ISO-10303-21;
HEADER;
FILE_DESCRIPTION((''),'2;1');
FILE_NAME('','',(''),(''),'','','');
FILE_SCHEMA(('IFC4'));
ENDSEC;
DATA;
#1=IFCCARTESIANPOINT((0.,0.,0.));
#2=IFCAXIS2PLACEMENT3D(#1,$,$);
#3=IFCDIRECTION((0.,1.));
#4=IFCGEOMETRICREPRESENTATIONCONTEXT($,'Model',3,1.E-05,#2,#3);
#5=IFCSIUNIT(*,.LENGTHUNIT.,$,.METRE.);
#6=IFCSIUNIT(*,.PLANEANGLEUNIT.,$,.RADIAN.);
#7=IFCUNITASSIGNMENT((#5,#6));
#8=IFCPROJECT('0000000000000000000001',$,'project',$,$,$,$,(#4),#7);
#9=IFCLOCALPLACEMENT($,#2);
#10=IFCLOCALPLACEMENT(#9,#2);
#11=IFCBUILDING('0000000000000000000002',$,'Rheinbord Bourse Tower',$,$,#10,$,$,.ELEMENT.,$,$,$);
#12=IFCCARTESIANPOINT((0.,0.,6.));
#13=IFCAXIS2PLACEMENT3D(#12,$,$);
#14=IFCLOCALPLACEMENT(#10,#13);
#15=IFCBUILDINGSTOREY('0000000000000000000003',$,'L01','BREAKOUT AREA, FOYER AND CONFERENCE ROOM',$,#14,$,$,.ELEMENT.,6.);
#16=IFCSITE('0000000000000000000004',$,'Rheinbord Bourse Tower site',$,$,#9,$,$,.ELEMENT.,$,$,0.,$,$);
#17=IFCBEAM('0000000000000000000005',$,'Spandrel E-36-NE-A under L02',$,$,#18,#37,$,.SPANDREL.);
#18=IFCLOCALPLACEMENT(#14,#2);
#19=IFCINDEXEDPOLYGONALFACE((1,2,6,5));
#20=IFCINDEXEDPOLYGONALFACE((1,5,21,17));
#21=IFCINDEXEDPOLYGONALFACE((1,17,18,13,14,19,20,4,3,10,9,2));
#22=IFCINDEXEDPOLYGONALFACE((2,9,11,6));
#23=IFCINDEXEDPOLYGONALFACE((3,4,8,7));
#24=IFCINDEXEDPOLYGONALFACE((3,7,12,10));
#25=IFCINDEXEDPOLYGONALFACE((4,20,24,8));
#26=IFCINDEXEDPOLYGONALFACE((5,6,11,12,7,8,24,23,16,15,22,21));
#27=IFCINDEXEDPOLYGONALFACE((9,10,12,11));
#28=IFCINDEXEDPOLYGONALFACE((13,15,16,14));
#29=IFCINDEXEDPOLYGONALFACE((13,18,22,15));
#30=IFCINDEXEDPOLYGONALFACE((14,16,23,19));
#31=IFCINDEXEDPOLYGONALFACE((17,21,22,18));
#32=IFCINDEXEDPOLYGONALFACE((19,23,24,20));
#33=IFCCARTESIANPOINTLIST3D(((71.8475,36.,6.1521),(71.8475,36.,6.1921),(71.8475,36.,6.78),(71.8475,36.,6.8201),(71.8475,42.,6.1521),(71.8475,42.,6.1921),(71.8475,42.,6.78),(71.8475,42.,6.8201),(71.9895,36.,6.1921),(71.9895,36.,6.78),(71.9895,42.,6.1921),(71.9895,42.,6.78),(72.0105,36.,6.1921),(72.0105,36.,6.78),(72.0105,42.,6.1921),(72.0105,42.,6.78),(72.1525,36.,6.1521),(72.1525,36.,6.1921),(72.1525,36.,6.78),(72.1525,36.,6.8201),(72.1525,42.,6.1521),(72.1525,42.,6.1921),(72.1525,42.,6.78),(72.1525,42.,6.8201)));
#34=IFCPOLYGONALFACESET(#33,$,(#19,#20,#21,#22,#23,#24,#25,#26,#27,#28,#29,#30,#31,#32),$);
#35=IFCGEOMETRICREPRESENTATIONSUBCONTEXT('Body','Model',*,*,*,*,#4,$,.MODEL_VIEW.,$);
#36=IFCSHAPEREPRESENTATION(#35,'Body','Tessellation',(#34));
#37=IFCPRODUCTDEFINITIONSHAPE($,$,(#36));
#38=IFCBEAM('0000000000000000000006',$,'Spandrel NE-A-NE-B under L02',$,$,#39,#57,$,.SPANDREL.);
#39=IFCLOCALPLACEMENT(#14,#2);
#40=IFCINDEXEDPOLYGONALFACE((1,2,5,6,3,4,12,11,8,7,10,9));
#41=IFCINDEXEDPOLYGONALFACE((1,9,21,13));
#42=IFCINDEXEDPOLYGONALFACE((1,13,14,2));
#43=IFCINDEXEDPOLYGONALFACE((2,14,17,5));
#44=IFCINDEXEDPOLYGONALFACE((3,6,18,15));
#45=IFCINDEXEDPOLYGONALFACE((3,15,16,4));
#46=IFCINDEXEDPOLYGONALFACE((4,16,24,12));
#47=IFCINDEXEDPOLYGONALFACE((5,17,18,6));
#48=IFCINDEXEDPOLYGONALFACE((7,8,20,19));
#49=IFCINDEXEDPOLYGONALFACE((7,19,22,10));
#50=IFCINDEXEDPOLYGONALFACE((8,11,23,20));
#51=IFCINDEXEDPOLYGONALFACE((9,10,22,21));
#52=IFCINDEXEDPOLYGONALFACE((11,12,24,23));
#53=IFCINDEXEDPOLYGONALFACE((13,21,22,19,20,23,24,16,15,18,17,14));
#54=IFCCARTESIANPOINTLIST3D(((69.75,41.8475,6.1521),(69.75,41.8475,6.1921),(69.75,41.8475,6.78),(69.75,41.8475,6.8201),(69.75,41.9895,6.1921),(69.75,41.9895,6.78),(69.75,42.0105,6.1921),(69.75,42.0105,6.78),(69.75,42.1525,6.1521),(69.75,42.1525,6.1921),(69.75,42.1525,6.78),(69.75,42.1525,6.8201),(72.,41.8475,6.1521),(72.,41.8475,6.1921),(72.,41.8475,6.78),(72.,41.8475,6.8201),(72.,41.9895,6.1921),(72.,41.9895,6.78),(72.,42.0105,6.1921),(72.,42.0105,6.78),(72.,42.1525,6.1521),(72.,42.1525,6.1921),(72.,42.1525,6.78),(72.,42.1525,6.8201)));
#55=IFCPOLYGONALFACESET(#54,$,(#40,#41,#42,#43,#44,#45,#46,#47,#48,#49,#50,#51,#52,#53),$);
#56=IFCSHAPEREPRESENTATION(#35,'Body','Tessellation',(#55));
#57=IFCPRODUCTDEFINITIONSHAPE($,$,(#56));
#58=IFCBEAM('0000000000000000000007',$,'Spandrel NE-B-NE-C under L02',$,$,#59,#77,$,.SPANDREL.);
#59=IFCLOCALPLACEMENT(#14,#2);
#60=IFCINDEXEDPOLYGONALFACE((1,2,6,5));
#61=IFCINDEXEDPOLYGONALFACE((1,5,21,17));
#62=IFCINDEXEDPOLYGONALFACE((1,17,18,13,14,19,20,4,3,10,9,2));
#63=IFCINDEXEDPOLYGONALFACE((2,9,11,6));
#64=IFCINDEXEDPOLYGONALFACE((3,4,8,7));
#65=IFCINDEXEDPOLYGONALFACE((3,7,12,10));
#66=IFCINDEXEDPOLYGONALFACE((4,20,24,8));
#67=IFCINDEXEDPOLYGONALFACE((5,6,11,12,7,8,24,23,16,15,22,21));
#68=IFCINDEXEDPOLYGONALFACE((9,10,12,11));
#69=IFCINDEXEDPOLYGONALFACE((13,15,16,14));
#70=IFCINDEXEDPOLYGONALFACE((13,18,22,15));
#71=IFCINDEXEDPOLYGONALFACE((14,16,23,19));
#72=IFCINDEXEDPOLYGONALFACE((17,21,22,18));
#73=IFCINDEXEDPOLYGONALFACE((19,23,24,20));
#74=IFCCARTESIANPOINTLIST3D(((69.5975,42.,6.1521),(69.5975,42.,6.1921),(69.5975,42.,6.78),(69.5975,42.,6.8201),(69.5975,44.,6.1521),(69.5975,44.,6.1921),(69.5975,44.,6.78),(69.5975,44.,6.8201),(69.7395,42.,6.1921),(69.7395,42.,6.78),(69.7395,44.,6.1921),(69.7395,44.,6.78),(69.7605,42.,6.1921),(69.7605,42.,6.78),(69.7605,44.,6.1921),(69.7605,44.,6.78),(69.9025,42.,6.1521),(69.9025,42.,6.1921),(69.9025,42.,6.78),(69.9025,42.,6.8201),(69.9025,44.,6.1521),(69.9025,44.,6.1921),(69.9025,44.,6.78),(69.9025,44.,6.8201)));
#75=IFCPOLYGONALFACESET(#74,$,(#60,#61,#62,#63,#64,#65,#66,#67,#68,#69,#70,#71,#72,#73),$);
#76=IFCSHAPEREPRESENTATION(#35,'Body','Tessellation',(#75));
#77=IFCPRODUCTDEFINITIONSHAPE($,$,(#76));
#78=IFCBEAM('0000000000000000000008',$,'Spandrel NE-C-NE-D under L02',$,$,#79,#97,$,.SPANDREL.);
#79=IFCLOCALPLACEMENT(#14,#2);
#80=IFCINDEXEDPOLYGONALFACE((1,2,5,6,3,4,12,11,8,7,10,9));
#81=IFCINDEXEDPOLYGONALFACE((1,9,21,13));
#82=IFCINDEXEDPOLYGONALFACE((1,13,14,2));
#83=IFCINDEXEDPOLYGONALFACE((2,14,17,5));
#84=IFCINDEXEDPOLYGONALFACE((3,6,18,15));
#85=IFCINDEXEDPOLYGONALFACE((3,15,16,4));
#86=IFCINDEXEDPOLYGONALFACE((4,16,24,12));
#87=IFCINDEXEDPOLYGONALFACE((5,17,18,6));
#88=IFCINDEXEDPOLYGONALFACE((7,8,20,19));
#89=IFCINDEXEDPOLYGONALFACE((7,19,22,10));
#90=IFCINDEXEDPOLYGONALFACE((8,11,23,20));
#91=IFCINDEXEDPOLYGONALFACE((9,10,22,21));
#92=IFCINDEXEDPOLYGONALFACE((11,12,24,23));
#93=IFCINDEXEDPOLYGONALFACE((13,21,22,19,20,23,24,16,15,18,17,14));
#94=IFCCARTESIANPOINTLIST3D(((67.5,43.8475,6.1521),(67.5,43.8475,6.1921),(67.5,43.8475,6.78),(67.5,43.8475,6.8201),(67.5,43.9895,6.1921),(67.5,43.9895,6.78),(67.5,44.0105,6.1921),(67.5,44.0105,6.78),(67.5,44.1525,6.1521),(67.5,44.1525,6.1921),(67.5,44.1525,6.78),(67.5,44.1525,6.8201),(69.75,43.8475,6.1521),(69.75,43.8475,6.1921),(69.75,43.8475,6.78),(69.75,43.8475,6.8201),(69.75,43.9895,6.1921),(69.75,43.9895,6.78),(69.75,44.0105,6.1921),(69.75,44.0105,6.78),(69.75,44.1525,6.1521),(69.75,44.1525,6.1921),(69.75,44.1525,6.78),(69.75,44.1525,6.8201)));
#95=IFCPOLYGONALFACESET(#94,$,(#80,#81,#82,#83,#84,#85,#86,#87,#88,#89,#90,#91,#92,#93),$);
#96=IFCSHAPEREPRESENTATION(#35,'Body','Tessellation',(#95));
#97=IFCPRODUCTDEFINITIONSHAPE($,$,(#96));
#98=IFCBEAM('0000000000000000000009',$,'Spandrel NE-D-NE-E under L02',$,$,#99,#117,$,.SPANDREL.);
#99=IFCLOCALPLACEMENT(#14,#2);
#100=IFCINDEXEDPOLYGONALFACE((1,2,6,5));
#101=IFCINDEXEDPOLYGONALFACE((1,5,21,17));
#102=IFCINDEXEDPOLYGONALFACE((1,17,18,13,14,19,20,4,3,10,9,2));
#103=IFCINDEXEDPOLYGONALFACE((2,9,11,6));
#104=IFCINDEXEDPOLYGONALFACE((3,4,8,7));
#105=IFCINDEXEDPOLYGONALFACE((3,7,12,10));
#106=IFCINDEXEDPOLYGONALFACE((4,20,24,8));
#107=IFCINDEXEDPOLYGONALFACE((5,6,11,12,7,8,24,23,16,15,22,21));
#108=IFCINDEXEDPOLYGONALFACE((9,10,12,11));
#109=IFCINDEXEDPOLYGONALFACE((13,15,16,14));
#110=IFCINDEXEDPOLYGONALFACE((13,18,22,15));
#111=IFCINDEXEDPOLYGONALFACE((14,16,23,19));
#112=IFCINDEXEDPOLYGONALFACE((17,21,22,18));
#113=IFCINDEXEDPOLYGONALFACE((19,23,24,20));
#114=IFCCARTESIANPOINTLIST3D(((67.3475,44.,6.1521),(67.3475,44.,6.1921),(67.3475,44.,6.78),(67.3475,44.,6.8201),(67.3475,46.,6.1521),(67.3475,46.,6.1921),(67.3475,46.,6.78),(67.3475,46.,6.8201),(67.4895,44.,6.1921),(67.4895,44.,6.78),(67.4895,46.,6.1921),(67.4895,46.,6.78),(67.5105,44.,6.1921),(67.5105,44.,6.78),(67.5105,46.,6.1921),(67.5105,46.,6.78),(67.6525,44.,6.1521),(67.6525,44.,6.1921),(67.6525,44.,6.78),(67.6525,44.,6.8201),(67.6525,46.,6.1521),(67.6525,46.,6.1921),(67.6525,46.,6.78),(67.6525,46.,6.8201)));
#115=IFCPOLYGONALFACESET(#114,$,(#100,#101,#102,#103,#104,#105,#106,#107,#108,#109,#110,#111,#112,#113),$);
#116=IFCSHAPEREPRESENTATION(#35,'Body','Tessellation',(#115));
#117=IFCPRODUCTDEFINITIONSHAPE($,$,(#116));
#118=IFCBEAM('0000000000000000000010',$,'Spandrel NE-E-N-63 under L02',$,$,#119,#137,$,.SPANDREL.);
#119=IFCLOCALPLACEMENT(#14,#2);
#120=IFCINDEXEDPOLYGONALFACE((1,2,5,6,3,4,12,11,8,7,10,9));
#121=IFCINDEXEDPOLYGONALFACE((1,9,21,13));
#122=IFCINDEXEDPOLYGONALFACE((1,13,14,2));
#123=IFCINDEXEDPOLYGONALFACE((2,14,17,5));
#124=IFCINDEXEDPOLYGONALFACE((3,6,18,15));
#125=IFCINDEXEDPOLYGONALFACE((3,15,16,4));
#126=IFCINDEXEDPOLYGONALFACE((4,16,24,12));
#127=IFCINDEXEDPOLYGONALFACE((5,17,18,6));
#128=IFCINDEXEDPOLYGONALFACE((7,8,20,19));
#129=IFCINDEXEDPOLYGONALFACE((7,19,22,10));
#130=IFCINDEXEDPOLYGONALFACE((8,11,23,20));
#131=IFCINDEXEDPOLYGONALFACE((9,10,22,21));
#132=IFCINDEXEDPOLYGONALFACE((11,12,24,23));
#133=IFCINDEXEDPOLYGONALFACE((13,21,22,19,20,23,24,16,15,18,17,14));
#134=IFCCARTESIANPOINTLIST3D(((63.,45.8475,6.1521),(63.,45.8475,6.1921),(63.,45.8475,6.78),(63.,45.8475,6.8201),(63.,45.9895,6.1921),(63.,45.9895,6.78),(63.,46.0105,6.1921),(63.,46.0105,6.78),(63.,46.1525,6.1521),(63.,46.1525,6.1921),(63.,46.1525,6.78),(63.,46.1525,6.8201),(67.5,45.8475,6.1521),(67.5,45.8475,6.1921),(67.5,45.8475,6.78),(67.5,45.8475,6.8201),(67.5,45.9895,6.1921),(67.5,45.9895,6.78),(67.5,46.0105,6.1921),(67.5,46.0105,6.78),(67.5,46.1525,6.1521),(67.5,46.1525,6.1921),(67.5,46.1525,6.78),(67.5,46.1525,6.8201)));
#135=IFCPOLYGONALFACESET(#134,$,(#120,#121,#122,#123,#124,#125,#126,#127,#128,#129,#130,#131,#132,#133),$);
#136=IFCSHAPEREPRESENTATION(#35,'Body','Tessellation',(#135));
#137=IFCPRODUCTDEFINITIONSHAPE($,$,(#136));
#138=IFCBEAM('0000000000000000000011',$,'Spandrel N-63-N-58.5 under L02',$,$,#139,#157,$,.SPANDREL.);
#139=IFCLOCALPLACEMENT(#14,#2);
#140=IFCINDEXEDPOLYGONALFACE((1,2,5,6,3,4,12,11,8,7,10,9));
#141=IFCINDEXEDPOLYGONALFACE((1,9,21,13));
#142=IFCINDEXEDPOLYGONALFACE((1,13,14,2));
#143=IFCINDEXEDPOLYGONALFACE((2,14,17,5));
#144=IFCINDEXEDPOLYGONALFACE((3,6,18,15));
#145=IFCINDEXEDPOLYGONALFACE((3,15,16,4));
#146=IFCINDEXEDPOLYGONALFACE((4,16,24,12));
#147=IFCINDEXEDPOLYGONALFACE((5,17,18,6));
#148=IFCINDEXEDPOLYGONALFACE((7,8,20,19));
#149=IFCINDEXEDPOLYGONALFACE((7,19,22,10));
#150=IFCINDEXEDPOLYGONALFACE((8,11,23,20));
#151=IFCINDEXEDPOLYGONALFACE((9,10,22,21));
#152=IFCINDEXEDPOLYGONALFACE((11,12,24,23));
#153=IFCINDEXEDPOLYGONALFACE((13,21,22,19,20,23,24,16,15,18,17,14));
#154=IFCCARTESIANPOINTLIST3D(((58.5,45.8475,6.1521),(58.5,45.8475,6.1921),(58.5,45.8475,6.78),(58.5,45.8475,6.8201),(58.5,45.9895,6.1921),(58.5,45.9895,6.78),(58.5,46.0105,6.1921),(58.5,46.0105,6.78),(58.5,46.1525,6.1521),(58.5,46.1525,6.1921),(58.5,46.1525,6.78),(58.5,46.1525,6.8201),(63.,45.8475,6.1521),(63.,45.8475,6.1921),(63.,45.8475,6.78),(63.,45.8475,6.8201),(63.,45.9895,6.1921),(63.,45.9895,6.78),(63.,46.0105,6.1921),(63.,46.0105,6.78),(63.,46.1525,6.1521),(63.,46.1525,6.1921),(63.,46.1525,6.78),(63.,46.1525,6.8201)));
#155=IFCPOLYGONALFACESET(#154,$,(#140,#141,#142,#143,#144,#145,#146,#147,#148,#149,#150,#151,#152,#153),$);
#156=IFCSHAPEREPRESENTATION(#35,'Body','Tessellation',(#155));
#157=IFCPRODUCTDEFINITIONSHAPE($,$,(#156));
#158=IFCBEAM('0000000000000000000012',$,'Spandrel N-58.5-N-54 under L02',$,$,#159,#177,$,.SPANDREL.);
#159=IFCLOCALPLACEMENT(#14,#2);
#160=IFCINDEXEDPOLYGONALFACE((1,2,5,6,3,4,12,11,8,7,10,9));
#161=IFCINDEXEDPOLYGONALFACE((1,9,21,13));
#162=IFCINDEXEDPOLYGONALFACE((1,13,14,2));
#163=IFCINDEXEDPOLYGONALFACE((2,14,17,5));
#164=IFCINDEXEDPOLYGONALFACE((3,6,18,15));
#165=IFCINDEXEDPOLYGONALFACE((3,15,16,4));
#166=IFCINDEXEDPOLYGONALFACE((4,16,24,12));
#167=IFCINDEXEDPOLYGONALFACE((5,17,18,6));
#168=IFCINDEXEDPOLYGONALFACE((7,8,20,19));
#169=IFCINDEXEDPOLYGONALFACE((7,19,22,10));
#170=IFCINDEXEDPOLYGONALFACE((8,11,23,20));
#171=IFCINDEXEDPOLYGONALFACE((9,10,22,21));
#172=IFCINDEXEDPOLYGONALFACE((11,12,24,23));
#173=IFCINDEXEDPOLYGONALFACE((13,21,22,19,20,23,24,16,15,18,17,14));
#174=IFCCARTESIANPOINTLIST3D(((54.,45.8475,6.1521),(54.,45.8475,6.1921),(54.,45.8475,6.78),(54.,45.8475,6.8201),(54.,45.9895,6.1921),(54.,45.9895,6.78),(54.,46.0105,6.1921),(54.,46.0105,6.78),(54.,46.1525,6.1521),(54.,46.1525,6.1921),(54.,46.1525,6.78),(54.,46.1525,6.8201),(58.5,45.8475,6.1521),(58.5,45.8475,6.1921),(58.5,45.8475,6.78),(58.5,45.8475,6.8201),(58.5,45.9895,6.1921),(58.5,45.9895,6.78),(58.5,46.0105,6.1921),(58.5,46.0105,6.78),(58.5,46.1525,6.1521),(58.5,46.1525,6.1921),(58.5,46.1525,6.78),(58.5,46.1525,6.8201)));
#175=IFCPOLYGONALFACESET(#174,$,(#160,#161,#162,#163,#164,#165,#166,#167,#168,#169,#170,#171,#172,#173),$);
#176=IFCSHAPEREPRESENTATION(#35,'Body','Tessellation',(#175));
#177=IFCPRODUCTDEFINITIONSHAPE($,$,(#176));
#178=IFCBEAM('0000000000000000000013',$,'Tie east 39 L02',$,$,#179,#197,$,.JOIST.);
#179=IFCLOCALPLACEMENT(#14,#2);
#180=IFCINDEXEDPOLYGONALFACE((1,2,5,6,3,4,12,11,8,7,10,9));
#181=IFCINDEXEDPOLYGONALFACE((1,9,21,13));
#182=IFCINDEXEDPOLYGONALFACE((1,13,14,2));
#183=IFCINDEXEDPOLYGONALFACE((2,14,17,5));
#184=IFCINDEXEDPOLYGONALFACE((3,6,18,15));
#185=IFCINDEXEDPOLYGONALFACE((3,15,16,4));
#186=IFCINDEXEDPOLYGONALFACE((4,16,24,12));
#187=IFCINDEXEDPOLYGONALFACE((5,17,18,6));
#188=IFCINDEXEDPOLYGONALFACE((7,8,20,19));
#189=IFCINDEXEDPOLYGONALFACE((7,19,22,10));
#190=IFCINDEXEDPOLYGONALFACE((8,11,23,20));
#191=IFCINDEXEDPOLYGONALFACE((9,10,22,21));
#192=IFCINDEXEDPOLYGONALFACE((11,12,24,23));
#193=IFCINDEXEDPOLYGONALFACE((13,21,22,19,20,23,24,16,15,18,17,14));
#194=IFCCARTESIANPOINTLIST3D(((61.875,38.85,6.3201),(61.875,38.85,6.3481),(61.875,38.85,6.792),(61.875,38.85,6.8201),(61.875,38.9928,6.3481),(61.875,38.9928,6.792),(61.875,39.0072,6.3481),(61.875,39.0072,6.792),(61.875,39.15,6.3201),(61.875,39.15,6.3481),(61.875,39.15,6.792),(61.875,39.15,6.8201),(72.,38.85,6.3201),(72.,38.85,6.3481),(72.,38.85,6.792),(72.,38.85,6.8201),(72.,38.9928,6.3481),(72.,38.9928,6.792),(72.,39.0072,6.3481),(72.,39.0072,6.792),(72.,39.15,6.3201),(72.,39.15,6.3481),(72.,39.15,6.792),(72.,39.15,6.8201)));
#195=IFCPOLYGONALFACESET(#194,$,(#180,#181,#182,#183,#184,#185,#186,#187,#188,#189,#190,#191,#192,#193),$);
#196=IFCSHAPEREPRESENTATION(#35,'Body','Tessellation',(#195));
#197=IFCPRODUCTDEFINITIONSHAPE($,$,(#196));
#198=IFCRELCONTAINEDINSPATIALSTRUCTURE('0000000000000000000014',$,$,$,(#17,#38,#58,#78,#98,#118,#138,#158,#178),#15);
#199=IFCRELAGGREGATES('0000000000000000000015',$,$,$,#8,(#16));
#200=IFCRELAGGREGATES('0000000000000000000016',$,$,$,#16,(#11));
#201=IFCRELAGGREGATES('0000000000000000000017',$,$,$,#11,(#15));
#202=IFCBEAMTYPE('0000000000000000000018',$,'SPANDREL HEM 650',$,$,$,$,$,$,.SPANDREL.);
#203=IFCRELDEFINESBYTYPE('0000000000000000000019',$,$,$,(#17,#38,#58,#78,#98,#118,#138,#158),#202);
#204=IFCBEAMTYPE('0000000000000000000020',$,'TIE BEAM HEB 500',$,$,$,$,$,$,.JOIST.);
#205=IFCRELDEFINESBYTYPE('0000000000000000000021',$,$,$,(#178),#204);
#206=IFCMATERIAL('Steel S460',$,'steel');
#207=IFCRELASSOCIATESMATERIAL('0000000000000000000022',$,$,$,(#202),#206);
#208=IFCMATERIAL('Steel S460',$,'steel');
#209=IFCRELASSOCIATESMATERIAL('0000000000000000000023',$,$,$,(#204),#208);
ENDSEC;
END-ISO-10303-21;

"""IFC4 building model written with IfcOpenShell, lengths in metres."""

from ifc_helpers import new_model, si_unit, direction, frame, origin, origin_2d, place, context, subcontext, project, spatial, i_section, extrude, material, material_profile, profile_set, type_object, element, save


model = new_model("IFC4")

# Units and contexts
model_context = context("Model", 3, precision=1e-05, world=origin(), true_north=direction((0.0, 1.0)))
body_context = subcontext(model_context, "Body", "Model", "MODEL_VIEW")
ifc_project = project(units=[si_unit("LENGTHUNIT", "METRE"), si_unit("PLANEANGLEUNIT", "RADIAN")], contexts=[model_context])

# Site, building, storey
site_placement = place(None, origin())
site = spatial("IfcSite", under=ifc_project, at=site_placement, Name="Rheinbord Bourse Tower site", CompositionType="ELEMENT", RefElevation=0.0)
building_placement = place(site_placement, origin())
building = spatial("IfcBuilding", under=site, at=building_placement, Name="Rheinbord Bourse Tower", CompositionType="ELEMENT")
storey_placement = place(building_placement, frame((0.0, 0.0, 6.0)))
storey = spatial("IfcBuildingStorey", under=building, at=storey_placement, Name="L01", Description="BREAKOUT AREA, FOYER AND CONFERENCE ROOM", CompositionType="ELEMENT", Elevation=6.0)

# Beams
ifc_material_1 = material(Name="Steel S460", Category="steel")
ifc_material_profile_1 = material_profile(ifc_material_1, i_section(OverallWidth=0.3049, OverallDepth=0.668, WebThickness=0.021, FlangeThickness=0.04, at=origin_2d()), Name="HEM 650")
ifc_profile_set_1 = profile_set([ifc_material_profile_1], Name="Steel S460")
beam_type_1 = type_object("IfcBeamType", Name="SPANDREL HEM 650", PredefinedType="SPANDREL", material=ifc_profile_set_1)
beam_1_placement = place(storey_placement, frame((72.0, 36.0, 6.4861), z_axis=(0.0, 1.0, 0.0), x_axis=(-1.0, 0.0, 0.0)))
element("IfcBeam", 1, at=beam_1_placement, inside=storey, type_object=beam_type_1, Name="Spandrel E-36-NE-A under L02", PredefinedType="SPANDREL", context=body_context, shape_type="SweptSolid", body=[
    extrude(i_section(OverallWidth=0.3049, OverallDepth=0.668, WebThickness=0.021, FlangeThickness=0.04, at=origin_2d()), origin(), (0.0, 0.0, 1.0), 6.0),
])
beam_2_placement = place(storey_placement, frame((72.0, 42.0, 6.4861), z_axis=(-1.0, 0.0, 0.0), x_axis=(0.0, -1.0, 0.0)))
element("IfcBeam", 2, at=beam_2_placement, inside=storey, type_object=beam_type_1, Name="Spandrel NE-A-NE-B under L02", PredefinedType="SPANDREL", context=body_context, shape_type="SweptSolid", body=[
    extrude(i_section(OverallWidth=0.3049, OverallDepth=0.668, WebThickness=0.021, FlangeThickness=0.04, at=origin_2d()), origin(), (0.0, 0.0, 1.0), 2.25),
])
beam_3_placement = place(storey_placement, frame((69.75, 42.0, 6.4861), z_axis=(0.0, 1.0, 0.0), x_axis=(-1.0, 0.0, 0.0)))
element("IfcBeam", 3, at=beam_3_placement, inside=storey, type_object=beam_type_1, Name="Spandrel NE-B-NE-C under L02", PredefinedType="SPANDREL", context=body_context, shape_type="SweptSolid", body=[
    extrude(i_section(OverallWidth=0.3049, OverallDepth=0.668, WebThickness=0.021, FlangeThickness=0.04, at=origin_2d()), origin(), (0.0, 0.0, 1.0), 2.0),
])
beam_4_placement = place(storey_placement, frame((69.75, 44.0, 6.4861), z_axis=(-1.0, 0.0, 0.0), x_axis=(0.0, -1.0, 0.0)))
element("IfcBeam", 4, at=beam_4_placement, inside=storey, type_object=beam_type_1, Name="Spandrel NE-C-NE-D under L02", PredefinedType="SPANDREL", context=body_context, shape_type="SweptSolid", body=[
    extrude(i_section(OverallWidth=0.3049, OverallDepth=0.668, WebThickness=0.021, FlangeThickness=0.04, at=origin_2d()), origin(), (0.0, 0.0, 1.0), 2.25),
])
beam_5_placement = place(storey_placement, frame((67.5, 44.0, 6.4861), z_axis=(0.0, 1.0, 0.0), x_axis=(-1.0, 0.0, 0.0)))
element("IfcBeam", 5, at=beam_5_placement, inside=storey, type_object=beam_type_1, Name="Spandrel NE-D-NE-E under L02", PredefinedType="SPANDREL", context=body_context, shape_type="SweptSolid", body=[
    extrude(i_section(OverallWidth=0.3049, OverallDepth=0.668, WebThickness=0.021, FlangeThickness=0.04, at=origin_2d()), origin(), (0.0, 0.0, 1.0), 2.0),
])
for number, where, z_axis, x_axis, name in (
    (6, (67.5, 46.0, 6.4861), (-1.0, 0.0, 0.0), (0.0, -1.0, 0.0), "Spandrel NE-E-N-63 under L02"),
    (7, (63.0, 46.0, 6.4861), (-1.0, 0.0, 0.0), (0.0, -1.0, 0.0), "Spandrel N-63-N-58.5 under L02"),
    (8, (58.5, 46.0, 6.4861), (-1.0, 0.0, 0.0), (0.0, -1.0, 0.0), "Spandrel N-58.5-N-54 under L02"),
):
    element("IfcBeam", number, at=place(storey_placement, frame(where, z_axis=z_axis, x_axis=x_axis)), inside=storey, type_object=beam_type_1, Name=name, PredefinedType="SPANDREL", context=body_context, shape_type="SweptSolid", body=[
        extrude(i_section(OverallWidth=0.3049, OverallDepth=0.668, WebThickness=0.021, FlangeThickness=0.04, at=origin_2d()), origin(), (0.0, 0.0, 1.0), 4.5),
    ])
ifc_material_2 = material(Name="Steel S460", Category="steel")
ifc_material_profile_2 = material_profile(ifc_material_2, i_section(OverallWidth=0.3, OverallDepth=0.5, WebThickness=0.0144, FlangeThickness=0.0281, at=origin_2d()), Name="HEB 500")
ifc_profile_set_2 = profile_set([ifc_material_profile_2], Name="Steel S460")
beam_type_2 = type_object("IfcBeamType", Name="TIE BEAM HEB 500", PredefinedType="JOIST", material=ifc_profile_set_2)
beam_6_placement = place(storey_placement, frame((61.875, 39.0, 6.5701), z_axis=(1.0, 0.0, 0.0), x_axis=(0.0, 1.0, 0.0)))
element("IfcBeam", 9, at=beam_6_placement, inside=storey, type_object=beam_type_2, Name="Tie east 39 L02", PredefinedType="JOIST", context=body_context, shape_type="SweptSolid", body=[
    extrude(i_section(OverallWidth=0.3, OverallDepth=0.5, WebThickness=0.0144, FlangeThickness=0.0281, at=origin_2d()), origin(), (0.0, 0.0, 1.0), 10.125),
])

save(model, "model.ifc")
